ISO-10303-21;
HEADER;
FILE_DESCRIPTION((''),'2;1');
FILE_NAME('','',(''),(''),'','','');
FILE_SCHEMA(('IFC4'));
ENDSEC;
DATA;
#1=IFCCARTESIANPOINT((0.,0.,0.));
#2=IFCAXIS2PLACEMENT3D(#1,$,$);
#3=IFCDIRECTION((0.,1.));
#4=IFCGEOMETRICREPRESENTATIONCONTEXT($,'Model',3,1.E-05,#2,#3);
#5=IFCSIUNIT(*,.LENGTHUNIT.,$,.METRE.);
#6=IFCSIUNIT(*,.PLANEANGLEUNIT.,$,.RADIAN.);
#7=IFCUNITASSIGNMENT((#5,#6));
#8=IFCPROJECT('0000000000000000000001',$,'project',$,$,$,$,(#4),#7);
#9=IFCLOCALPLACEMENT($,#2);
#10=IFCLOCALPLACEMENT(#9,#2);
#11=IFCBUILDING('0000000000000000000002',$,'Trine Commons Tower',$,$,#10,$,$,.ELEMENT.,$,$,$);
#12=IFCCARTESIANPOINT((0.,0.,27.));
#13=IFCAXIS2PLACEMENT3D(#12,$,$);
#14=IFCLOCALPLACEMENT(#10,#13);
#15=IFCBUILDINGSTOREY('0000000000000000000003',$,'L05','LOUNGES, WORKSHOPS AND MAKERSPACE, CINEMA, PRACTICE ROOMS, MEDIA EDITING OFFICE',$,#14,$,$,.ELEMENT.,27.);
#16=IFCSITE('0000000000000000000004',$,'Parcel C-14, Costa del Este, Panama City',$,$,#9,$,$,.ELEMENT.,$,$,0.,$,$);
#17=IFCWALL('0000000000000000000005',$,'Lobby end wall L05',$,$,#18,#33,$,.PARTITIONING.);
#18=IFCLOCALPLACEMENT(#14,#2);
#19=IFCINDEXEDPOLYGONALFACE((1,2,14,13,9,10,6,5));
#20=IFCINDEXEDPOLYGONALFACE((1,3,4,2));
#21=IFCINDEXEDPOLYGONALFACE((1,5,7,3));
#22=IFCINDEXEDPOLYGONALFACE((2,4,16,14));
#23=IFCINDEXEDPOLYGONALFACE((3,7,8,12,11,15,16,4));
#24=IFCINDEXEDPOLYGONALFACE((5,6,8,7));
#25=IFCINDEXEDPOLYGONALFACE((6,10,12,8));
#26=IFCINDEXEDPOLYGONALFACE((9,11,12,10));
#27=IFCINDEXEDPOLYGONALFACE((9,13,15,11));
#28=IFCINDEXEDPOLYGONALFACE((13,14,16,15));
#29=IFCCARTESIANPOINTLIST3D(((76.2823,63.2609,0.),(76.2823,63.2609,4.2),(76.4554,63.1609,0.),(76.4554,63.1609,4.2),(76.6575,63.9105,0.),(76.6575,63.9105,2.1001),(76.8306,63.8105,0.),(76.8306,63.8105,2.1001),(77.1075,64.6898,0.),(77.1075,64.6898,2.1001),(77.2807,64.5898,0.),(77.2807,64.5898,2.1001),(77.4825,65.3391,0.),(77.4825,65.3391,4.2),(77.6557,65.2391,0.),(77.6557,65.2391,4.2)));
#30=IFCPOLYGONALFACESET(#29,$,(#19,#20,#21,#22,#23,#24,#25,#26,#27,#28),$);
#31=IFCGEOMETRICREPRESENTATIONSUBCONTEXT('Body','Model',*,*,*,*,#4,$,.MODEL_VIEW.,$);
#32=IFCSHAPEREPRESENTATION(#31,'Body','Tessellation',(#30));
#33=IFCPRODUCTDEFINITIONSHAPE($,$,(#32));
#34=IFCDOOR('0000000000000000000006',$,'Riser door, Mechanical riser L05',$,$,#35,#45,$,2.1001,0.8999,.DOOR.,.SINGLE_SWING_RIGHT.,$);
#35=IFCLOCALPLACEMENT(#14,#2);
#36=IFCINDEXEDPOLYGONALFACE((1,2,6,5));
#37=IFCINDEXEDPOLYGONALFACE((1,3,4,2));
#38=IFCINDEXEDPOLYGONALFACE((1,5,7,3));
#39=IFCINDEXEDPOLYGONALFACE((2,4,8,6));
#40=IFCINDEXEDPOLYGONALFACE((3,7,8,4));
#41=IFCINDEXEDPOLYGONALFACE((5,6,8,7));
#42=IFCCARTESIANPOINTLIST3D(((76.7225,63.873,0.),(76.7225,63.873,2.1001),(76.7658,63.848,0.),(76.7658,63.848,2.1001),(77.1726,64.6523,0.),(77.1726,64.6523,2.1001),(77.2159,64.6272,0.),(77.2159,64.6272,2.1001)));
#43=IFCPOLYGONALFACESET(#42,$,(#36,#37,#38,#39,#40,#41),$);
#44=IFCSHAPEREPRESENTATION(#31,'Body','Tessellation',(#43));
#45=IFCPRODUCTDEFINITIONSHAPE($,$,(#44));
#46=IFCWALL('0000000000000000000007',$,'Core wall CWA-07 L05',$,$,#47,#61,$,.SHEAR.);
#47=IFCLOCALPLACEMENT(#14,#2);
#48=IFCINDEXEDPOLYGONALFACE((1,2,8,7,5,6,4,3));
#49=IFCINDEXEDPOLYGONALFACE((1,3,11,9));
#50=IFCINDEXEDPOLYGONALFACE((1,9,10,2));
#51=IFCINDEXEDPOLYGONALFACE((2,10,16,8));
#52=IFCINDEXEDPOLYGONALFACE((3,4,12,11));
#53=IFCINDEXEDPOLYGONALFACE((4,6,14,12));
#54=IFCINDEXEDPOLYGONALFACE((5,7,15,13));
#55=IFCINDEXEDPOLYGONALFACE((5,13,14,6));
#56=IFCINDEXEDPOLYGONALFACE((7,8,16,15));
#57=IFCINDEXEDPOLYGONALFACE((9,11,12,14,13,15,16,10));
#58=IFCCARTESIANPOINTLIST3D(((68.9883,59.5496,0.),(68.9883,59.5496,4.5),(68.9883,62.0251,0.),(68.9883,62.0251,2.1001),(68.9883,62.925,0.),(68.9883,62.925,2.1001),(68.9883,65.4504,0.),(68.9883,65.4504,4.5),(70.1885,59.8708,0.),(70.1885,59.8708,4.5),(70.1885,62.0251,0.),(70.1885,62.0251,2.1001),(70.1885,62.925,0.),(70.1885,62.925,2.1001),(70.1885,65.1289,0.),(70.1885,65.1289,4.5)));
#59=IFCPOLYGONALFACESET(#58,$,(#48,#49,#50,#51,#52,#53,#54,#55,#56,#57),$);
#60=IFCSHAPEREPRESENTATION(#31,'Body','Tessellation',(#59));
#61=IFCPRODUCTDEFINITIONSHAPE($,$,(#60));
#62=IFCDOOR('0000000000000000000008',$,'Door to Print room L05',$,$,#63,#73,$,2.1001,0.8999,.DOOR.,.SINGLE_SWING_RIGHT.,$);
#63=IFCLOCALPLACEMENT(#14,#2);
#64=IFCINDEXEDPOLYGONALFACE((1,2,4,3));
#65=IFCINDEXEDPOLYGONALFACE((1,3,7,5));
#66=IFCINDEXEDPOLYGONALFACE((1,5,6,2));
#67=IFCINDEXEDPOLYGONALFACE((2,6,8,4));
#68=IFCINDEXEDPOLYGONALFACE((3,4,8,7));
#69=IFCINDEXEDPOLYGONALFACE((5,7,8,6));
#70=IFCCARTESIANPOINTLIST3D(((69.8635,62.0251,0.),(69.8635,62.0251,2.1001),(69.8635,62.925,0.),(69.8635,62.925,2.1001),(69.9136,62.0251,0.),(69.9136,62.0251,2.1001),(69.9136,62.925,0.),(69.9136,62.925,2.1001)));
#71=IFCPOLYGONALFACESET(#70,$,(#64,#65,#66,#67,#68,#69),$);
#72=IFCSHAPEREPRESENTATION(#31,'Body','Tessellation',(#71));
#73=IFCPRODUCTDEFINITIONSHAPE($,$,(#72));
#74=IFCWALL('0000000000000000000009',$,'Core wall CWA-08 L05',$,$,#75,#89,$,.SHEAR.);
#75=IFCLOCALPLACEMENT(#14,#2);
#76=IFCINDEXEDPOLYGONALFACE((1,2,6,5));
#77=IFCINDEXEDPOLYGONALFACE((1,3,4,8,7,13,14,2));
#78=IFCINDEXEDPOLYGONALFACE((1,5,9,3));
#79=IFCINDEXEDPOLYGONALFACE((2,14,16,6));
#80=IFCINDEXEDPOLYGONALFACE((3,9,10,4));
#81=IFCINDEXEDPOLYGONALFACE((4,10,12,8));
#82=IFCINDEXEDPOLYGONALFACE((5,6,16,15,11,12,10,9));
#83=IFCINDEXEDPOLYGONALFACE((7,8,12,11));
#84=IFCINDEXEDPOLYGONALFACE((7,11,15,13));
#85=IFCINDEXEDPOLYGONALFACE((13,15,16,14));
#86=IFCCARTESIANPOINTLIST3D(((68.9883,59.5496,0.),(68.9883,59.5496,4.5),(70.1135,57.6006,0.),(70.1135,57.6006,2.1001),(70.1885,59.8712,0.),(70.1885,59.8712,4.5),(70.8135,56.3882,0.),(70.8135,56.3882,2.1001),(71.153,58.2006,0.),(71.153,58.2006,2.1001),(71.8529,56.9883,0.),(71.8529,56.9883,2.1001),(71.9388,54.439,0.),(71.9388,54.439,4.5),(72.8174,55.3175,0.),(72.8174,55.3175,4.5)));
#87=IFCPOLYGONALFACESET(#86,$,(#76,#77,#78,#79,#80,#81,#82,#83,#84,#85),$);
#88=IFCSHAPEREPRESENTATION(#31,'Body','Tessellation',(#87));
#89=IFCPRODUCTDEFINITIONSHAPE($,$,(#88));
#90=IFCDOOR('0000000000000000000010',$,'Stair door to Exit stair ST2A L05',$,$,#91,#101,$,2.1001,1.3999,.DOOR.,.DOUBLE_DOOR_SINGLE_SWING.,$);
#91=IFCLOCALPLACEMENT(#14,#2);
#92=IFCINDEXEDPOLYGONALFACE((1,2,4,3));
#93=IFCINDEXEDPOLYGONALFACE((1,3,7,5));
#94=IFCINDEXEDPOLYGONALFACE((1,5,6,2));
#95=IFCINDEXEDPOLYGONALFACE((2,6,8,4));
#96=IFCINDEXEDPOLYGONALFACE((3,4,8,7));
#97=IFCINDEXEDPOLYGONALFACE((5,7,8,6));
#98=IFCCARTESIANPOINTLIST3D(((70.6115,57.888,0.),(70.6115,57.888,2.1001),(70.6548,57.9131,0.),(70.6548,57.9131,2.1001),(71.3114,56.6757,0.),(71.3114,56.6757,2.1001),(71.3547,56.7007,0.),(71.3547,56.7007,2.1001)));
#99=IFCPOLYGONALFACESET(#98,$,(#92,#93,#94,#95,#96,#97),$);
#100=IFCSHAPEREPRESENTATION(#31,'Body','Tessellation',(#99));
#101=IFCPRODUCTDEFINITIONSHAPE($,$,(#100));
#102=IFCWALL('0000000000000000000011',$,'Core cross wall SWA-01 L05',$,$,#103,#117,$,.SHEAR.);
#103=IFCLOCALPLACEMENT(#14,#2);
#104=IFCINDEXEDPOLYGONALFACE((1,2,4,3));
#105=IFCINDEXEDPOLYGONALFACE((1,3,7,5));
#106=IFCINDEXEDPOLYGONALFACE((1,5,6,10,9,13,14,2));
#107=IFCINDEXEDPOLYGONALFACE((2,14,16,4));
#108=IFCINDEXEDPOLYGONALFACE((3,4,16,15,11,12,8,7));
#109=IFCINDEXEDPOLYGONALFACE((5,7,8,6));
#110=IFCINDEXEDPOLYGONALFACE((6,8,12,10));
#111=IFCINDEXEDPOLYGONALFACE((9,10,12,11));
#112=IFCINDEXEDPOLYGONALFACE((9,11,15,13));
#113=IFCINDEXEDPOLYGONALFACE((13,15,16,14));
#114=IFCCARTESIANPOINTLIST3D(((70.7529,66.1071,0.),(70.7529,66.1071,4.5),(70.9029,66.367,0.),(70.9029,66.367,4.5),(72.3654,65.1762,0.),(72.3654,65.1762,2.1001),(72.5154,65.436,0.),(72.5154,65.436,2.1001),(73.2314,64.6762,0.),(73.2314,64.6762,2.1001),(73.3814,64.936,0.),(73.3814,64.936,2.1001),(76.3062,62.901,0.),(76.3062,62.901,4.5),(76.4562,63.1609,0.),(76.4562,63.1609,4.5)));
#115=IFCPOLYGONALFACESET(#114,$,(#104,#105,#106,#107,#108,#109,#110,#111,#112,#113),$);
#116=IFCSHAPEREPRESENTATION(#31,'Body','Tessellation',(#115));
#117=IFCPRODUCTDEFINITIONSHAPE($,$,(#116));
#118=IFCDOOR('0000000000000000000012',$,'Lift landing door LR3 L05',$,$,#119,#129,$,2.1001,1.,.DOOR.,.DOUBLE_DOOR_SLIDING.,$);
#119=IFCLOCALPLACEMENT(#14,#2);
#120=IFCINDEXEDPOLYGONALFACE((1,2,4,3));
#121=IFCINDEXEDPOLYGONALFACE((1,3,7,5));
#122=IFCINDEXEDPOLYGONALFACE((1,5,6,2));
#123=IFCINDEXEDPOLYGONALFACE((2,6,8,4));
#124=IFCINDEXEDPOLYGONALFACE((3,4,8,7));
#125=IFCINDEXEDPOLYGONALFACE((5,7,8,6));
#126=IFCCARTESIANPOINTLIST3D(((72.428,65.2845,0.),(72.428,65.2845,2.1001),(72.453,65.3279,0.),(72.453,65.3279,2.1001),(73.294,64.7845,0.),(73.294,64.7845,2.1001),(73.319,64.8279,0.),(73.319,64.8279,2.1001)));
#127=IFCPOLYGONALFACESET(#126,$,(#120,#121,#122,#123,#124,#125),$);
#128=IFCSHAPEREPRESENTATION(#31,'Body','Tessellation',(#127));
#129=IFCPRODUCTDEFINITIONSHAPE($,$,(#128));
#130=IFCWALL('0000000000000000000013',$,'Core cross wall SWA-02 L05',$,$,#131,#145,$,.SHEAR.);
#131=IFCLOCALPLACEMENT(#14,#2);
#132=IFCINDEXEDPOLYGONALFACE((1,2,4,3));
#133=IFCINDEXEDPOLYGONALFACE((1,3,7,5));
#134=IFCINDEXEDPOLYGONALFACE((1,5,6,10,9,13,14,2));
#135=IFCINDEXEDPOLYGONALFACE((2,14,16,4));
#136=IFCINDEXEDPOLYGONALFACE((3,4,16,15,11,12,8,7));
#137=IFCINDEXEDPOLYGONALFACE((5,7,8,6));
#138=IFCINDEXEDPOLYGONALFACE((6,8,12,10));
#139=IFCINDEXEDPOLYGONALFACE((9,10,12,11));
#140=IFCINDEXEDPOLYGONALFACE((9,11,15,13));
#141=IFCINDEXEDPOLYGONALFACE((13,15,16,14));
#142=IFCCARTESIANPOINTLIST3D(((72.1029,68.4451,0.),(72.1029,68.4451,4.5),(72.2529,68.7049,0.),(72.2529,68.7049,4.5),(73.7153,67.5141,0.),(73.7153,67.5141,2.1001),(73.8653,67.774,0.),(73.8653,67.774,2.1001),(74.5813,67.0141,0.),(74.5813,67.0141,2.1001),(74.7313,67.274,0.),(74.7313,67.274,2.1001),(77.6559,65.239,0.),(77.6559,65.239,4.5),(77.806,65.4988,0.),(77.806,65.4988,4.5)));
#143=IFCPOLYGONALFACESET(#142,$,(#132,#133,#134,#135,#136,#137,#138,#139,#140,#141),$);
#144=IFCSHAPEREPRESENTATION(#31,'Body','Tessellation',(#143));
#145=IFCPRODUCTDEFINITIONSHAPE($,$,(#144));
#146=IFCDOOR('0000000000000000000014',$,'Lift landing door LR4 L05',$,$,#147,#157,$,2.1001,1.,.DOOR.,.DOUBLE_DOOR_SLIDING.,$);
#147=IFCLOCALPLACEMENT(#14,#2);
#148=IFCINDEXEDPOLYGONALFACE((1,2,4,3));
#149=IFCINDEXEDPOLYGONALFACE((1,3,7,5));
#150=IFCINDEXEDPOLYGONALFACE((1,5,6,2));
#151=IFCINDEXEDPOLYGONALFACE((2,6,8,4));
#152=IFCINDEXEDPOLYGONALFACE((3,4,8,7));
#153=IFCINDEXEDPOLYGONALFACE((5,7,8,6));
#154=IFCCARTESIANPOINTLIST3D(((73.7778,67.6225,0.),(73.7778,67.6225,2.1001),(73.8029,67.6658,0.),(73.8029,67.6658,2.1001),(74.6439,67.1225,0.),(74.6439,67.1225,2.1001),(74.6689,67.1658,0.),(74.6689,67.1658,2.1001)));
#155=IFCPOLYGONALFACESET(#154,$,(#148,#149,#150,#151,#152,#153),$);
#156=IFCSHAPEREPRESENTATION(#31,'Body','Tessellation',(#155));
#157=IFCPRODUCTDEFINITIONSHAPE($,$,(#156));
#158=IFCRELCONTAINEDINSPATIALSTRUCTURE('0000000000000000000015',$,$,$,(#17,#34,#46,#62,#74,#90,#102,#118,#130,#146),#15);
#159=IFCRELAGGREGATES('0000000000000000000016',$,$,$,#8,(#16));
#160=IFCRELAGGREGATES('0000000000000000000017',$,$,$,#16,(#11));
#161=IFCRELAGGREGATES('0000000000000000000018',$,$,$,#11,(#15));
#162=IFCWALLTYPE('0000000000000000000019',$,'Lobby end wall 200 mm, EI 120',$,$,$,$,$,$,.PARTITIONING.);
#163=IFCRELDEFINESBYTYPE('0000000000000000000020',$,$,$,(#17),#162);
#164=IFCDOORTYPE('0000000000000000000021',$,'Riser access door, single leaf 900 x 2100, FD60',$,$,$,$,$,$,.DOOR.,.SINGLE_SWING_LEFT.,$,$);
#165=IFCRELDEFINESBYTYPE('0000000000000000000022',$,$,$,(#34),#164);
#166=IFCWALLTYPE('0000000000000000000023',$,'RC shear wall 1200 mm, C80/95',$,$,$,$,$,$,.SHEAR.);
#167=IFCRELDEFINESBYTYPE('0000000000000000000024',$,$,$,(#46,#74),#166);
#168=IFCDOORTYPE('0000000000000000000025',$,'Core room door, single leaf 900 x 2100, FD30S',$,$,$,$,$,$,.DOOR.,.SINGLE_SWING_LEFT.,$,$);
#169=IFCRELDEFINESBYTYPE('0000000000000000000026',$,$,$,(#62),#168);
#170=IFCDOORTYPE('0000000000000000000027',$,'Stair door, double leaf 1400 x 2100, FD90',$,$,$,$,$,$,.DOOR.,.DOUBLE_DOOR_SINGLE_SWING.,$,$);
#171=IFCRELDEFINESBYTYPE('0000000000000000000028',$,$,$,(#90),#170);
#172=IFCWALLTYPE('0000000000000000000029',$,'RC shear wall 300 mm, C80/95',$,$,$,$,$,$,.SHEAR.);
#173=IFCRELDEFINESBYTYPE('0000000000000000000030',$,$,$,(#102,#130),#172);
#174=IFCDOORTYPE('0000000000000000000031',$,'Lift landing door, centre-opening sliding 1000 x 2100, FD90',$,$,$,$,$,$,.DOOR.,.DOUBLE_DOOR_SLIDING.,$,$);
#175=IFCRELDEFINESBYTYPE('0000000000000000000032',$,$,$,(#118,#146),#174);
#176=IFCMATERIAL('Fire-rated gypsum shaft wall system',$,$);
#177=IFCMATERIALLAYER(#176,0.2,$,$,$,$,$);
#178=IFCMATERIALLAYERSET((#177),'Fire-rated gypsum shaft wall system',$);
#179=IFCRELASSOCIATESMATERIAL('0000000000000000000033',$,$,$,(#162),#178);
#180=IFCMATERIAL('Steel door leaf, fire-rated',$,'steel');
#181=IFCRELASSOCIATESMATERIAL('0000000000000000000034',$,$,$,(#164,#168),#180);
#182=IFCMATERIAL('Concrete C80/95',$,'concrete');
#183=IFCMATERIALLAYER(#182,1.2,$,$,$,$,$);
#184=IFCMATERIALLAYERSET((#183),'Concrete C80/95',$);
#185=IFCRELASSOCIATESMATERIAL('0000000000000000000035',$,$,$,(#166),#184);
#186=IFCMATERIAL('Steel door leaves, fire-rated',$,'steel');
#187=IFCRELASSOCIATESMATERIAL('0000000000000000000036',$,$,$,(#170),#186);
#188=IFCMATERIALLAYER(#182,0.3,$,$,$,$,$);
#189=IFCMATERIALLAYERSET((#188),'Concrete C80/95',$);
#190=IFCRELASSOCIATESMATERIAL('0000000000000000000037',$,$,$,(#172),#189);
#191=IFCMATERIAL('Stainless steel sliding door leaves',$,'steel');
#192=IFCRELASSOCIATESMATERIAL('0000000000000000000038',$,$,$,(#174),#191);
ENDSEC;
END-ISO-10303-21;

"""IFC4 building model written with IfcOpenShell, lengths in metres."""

from ifc_helpers import new_model, si_unit, direction, frame, frame_2d, origin, place, context, subcontext, project, spatial, polyline, rectangle, outline, extrude, material, layer, layer_set, type_object, element, fill, save


model = new_model("IFC4")

# Units and contexts
model_context = context("Model", 3, precision=1e-05, world=origin(), true_north=direction((0.0, 1.0)))
body_context = subcontext(model_context, "Body", "Model", "MODEL_VIEW")
ifc_project = project(units=[si_unit("LENGTHUNIT", "METRE"), si_unit("PLANEANGLEUNIT", "RADIAN")], contexts=[model_context])

# Site, building, storey
site_placement = place(None, origin())
site = spatial("IfcSite", under=ifc_project, at=site_placement, Name="Parcel C-14, Costa del Este, Panama City", CompositionType="ELEMENT", RefElevation=0.0)
building_placement = place(site_placement, origin())
building = spatial("IfcBuilding", under=site, at=building_placement, Name="Trine Commons Tower", CompositionType="ELEMENT")
storey_placement = place(building_placement, frame((0.0, 0.0, 27.0)))
storey = spatial("IfcBuildingStorey", under=building, at=storey_placement, Name="L05", Description="LOUNGES, WORKSHOPS AND MAKERSPACE, CINEMA, PRACTICE ROOMS, MEDIA EDITING OFFICE", CompositionType="ELEMENT", Elevation=27.0)

# Walls, openings, doors
ifc_material_1 = material(Name="Fire-rated gypsum shaft wall system")
ifc_layer_1 = layer(ifc_material_1, 0.2)
ifc_layer_set_1 = layer_set([ifc_layer_1], Name="Fire-rated gypsum shaft wall system")
wall_type_1 = type_object("IfcWallType", Name="Lobby end wall 200 mm, EI 120", PredefinedType="PARTITIONING", material=ifc_layer_set_1)
wall_1_placement = place(storey_placement, frame((77.5691, 65.2891, 0.0), z_axis=(0.0, 0.0, 1.0), x_axis=(-0.500122, -0.865955, 0.0)))
wall_1 = element("IfcWall", 1, at=wall_1_placement, inside=storey, type_object=wall_type_1, Name="Lobby end wall L05", PredefinedType="PARTITIONING", context=body_context, shape_type="SweptSolid", body=[
    extrude(rectangle(XDim=2.3999, YDim=0.2, at=frame_2d((1.2, 0.0))), origin(), (0.0, 0.0, 1.0), 4.2),
])
opening_1_placement = place(wall_1_placement, frame((0.7498, 0.0, 0.0)))
opening_1 = element("IfcOpeningElement", 2, at=opening_1_placement, cuts=wall_1, PredefinedType="OPENING", context=body_context, shape_type="SweptSolid", body=[
    extrude(rectangle(XDim=0.8999, YDim=2.1001, at=frame_2d((0.45, 1.05))), frame((0.0, 0.1099, 0.0), z_axis=(0.0, -1.0, 0.0), x_axis=(1.0, 0.0, 0.0)), (0.0, 0.0, 1.0), 0.22),
])
ifc_material_2 = material(Name="Steel door leaf, fire-rated", Category="steel")
door_type_1 = type_object("IfcDoorType", Name="Riser access door, single leaf 900 x 2100, FD60", OperationType="SINGLE_SWING_LEFT", PredefinedType="DOOR", material=ifc_material_2)
door_1_placement = place(opening_1_placement, frame((0.8999, 0.0, 0.0), z_axis=(0.0, 0.0, 1.0), x_axis=(-1.0, 0.0, 0.0)))
door_1 = element("IfcDoor", 3, at=door_1_placement, inside=storey, type_object=door_type_1, Name="Riser door, Mechanical riser L05", OperationType="SINGLE_SWING_RIGHT", OverallHeight=2.1001, OverallWidth=0.8999, PredefinedType="DOOR", context=body_context, shape_type="SweptSolid", body=[
    extrude(rectangle(XDim=0.8999, YDim=2.1001, at=frame_2d((0.45, 1.05))), frame((0.0, 0.0249, 0.0), z_axis=(0.0, -1.0, 0.0), x_axis=(1.0, 0.0, 0.0)), (0.0, 0.0, 1.0), 0.05),
])
fill(opening_1, door_1)
ifc_material_3 = material(Name="Concrete C80/95", Category="concrete")
ifc_layer_2 = layer(ifc_material_3, 1.2)
ifc_layer_set_2 = layer_set([ifc_layer_2], Name="Concrete C80/95")
wall_type_2 = type_object("IfcWallType", Name="RC shear wall 1200 mm, C80/95", PredefinedType="SHEAR", material=ifc_layer_set_2)
wall_2_placement = place(storey_placement, frame((69.5884, 65.4504, 0.0), z_axis=(0.0, 0.0, 1.0), x_axis=(0.0, -1.0, 0.0)))
wall_2 = element("IfcWall", 4, at=wall_2_placement, inside=storey, type_object=wall_type_2, Name="Core wall CWA-07 L05", PredefinedType="SHEAR", context=body_context, shape_type="SweptSolid", body=[
    extrude(outline(polyline([(0.0, -0.6001), (5.9009, -0.6001), (5.5796, 0.6001), (0.3215, 0.6001), (0.0, -0.6001)])), origin(), (0.0, 0.0, 1.0), 4.5),
])
opening_2_placement = place(wall_2_placement, frame((2.5254, 0.0, 0.0)))
opening_2 = element("IfcOpeningElement", 5, at=opening_2_placement, cuts=wall_2, PredefinedType="OPENING", context=body_context, shape_type="SweptSolid", body=[
    extrude(rectangle(XDim=0.8999, YDim=2.1001, at=frame_2d((0.45, 1.05))), frame((0.0, 0.6099, 0.0), z_axis=(0.0, -1.0, 0.0), x_axis=(1.0, 0.0, 0.0)), (0.0, 0.0, 1.0), 1.22),
])
door_type_2 = type_object("IfcDoorType", Name="Core room door, single leaf 900 x 2100, FD30S", OperationType="SINGLE_SWING_LEFT", PredefinedType="DOOR", material=ifc_material_2)
door_2_placement = place(opening_2_placement, origin())
door_2 = element("IfcDoor", 6, at=door_2_placement, inside=storey, type_object=door_type_2, Name="Door to Print room L05", OperationType="SINGLE_SWING_RIGHT", OverallHeight=2.1001, OverallWidth=0.8999, PredefinedType="DOOR", context=body_context, shape_type="SweptSolid", body=[
    extrude(rectangle(XDim=0.8999, YDim=2.1001, at=frame_2d((0.45, 1.05))), frame((0.0, 0.3252, 0.0), z_axis=(0.0, -1.0, 0.0), x_axis=(1.0, 0.0, 0.0)), (0.0, 0.0, 1.0), 0.05),
])
fill(opening_2, door_2)
wall_3_placement = place(storey_placement, frame((69.5081, 59.8496, 0.0), z_axis=(0.0, 0.0, 1.0), x_axis=(0.499979, -0.866037, 0.0)))
wall_3 = element("IfcWall", 7, at=wall_3_placement, inside=storey, type_object=wall_type_2, Name="Core wall CWA-08 L05", PredefinedType="SHEAR", context=body_context, shape_type="SweptSolid", body=[
    extrude(outline(polyline([(0.0, -0.6001), (5.9011, -0.6001), (5.5796, 0.6001), (0.3215, 0.6001), (0.0, -0.6001)])), origin(), (0.0, 0.0, 1.0), 4.5),
])
opening_3_placement = place(wall_3_placement, frame((2.2505, 0.0, 0.0)))
opening_3 = element("IfcOpeningElement", 8, at=opening_3_placement, cuts=wall_3, PredefinedType="OPENING", context=body_context, shape_type="SweptSolid", body=[
    extrude(rectangle(XDim=1.3999, YDim=2.1001, at=frame_2d((0.7, 1.05))), frame((0.0, 0.6099, 0.0), z_axis=(0.0, -1.0, 0.0), x_axis=(1.0, 0.0, 0.0)), (0.0, 0.0, 1.0), 1.22),
])
ifc_material_4 = material(Name="Steel door leaves, fire-rated", Category="steel")
door_type_3 = type_object("IfcDoorType", Name="Stair door, double leaf 1400 x 2100, FD90", OperationType="DOUBLE_DOOR_SINGLE_SWING", PredefinedType="DOOR", material=ifc_material_4)
door_3_placement = place(opening_3_placement, origin())
door_3 = element("IfcDoor", 9, at=door_3_placement, inside=storey, type_object=door_type_3, Name="Stair door to Exit stair ST2A L05", OperationType="DOUBLE_DOOR_SINGLE_SWING", OverallHeight=2.1001, OverallWidth=1.3999, PredefinedType="DOOR", context=body_context, shape_type="SweptSolid", body=[
    extrude(rectangle(XDim=1.3999, YDim=2.1001, at=frame_2d((0.7, 1.05))), frame((0.0, 0.0249, 0.0), z_axis=(0.0, -1.0, 0.0), x_axis=(1.0, 0.0, 0.0)), (0.0, 0.0, 1.0), 0.05),
])
fill(opening_3, door_3)
ifc_layer_3 = layer(ifc_material_3, 0.3)
ifc_layer_set_3 = layer_set([ifc_layer_3], Name="Concrete C80/95")
wall_type_3 = type_object("IfcWallType", Name="RC shear wall 300 mm, C80/95", PredefinedType="SHEAR", material=ifc_layer_set_3)
wall_4_placement = place(storey_placement, frame((76.3811, 63.031, 0.0), z_axis=(0.0, 0.0, 1.0), x_axis=(-0.866032, 0.499988, 0.0)))
wall_4 = element("IfcWall", 10, at=wall_4_placement, inside=storey, type_object=wall_type_3, Name="Core cross wall SWA-01 L05", PredefinedType="SHEAR", context=body_context, shape_type="SweptSolid", body=[
    extrude(rectangle(XDim=6.4124, YDim=0.3, at=frame_2d((3.2061, 0.0))), origin(), (0.0, 0.0, 1.0), 4.5),
])
opening_4_placement = place(wall_4_placement, frame((3.5503, 0.0, 0.0)))
opening_4 = element("IfcOpeningElement", 11, at=opening_4_placement, cuts=wall_4, PredefinedType="OPENING", context=body_context, shape_type="SweptSolid", body=[
    extrude(rectangle(XDim=1.0, YDim=2.1001, at=frame_2d((0.5, 1.05))), frame((0.0, 0.1599, 0.0), z_axis=(0.0, -1.0, 0.0), x_axis=(1.0, 0.0, 0.0)), (0.0, 0.0, 1.0), 0.3201),
])
ifc_material_5 = material(Name="Stainless steel sliding door leaves", Category="steel")
door_type_4 = type_object("IfcDoorType", Name="Lift landing door, centre-opening sliding 1000 x 2100, FD90", OperationType="DOUBLE_DOOR_SLIDING", PredefinedType="DOOR", material=ifc_material_5)
door_4_placement = place(opening_4_placement, origin())
door_4 = element("IfcDoor", 12, at=door_4_placement, inside=storey, type_object=door_type_4, Name="Lift landing door LR3 L05", OperationType="DOUBLE_DOOR_SLIDING", OverallHeight=2.1001, OverallWidth=1.0, PredefinedType="DOOR", context=body_context, shape_type="SweptSolid", body=[
    extrude(rectangle(XDim=1.0, YDim=2.1001, at=frame_2d((0.5, 1.05))), frame((0.0, 0.0249, 0.0), z_axis=(0.0, -1.0, 0.0), x_axis=(1.0, 0.0, 0.0)), (0.0, 0.0, 1.0), 0.05),
])
fill(opening_4, door_4)
wall_5_placement = place(storey_placement, frame((77.731, 65.3689, 0.0), z_axis=(0.0, 0.0, 1.0), x_axis=(-0.866023, 0.500005, 0.0)))
wall_5 = element("IfcWall", 13, at=wall_5_placement, inside=storey, type_object=wall_type_3, Name="Core cross wall SWA-02 L05", PredefinedType="SHEAR", context=body_context, shape_type="SweptSolid", body=[
    extrude(rectangle(XDim=6.4121, YDim=0.3, at=frame_2d((3.2061, 0.0))), origin(), (0.0, 0.0, 1.0), 4.5),
])
opening_5_placement = place(wall_5_placement, frame((3.5503, 0.0, 0.0)))
opening_5 = element("IfcOpeningElement", 14, at=opening_5_placement, cuts=wall_5, PredefinedType="OPENING", context=body_context, shape_type="SweptSolid", body=[
    extrude(rectangle(XDim=1.0, YDim=2.1001, at=frame_2d((0.5, 1.05))), frame((0.0, 0.1599, 0.0), z_axis=(0.0, -1.0, 0.0), x_axis=(1.0, 0.0, 0.0)), (0.0, 0.0, 1.0), 0.3201),
])
door_5_placement = place(opening_5_placement, origin())
door_5 = element("IfcDoor", 15, at=door_5_placement, inside=storey, type_object=door_type_4, Name="Lift landing door LR4 L05", OperationType="DOUBLE_DOOR_SLIDING", OverallHeight=2.1001, OverallWidth=1.0, PredefinedType="DOOR", context=body_context, shape_type="SweptSolid", body=[
    extrude(rectangle(XDim=1.0, YDim=2.1001, at=frame_2d((0.5, 1.05))), frame((0.0, 0.0249, 0.0), z_axis=(0.0, -1.0, 0.0), x_axis=(1.0, 0.0, 0.0)), (0.0, 0.0, 1.0), 0.05),
])
fill(opening_5, door_5)

save(model, "model.ifc")
